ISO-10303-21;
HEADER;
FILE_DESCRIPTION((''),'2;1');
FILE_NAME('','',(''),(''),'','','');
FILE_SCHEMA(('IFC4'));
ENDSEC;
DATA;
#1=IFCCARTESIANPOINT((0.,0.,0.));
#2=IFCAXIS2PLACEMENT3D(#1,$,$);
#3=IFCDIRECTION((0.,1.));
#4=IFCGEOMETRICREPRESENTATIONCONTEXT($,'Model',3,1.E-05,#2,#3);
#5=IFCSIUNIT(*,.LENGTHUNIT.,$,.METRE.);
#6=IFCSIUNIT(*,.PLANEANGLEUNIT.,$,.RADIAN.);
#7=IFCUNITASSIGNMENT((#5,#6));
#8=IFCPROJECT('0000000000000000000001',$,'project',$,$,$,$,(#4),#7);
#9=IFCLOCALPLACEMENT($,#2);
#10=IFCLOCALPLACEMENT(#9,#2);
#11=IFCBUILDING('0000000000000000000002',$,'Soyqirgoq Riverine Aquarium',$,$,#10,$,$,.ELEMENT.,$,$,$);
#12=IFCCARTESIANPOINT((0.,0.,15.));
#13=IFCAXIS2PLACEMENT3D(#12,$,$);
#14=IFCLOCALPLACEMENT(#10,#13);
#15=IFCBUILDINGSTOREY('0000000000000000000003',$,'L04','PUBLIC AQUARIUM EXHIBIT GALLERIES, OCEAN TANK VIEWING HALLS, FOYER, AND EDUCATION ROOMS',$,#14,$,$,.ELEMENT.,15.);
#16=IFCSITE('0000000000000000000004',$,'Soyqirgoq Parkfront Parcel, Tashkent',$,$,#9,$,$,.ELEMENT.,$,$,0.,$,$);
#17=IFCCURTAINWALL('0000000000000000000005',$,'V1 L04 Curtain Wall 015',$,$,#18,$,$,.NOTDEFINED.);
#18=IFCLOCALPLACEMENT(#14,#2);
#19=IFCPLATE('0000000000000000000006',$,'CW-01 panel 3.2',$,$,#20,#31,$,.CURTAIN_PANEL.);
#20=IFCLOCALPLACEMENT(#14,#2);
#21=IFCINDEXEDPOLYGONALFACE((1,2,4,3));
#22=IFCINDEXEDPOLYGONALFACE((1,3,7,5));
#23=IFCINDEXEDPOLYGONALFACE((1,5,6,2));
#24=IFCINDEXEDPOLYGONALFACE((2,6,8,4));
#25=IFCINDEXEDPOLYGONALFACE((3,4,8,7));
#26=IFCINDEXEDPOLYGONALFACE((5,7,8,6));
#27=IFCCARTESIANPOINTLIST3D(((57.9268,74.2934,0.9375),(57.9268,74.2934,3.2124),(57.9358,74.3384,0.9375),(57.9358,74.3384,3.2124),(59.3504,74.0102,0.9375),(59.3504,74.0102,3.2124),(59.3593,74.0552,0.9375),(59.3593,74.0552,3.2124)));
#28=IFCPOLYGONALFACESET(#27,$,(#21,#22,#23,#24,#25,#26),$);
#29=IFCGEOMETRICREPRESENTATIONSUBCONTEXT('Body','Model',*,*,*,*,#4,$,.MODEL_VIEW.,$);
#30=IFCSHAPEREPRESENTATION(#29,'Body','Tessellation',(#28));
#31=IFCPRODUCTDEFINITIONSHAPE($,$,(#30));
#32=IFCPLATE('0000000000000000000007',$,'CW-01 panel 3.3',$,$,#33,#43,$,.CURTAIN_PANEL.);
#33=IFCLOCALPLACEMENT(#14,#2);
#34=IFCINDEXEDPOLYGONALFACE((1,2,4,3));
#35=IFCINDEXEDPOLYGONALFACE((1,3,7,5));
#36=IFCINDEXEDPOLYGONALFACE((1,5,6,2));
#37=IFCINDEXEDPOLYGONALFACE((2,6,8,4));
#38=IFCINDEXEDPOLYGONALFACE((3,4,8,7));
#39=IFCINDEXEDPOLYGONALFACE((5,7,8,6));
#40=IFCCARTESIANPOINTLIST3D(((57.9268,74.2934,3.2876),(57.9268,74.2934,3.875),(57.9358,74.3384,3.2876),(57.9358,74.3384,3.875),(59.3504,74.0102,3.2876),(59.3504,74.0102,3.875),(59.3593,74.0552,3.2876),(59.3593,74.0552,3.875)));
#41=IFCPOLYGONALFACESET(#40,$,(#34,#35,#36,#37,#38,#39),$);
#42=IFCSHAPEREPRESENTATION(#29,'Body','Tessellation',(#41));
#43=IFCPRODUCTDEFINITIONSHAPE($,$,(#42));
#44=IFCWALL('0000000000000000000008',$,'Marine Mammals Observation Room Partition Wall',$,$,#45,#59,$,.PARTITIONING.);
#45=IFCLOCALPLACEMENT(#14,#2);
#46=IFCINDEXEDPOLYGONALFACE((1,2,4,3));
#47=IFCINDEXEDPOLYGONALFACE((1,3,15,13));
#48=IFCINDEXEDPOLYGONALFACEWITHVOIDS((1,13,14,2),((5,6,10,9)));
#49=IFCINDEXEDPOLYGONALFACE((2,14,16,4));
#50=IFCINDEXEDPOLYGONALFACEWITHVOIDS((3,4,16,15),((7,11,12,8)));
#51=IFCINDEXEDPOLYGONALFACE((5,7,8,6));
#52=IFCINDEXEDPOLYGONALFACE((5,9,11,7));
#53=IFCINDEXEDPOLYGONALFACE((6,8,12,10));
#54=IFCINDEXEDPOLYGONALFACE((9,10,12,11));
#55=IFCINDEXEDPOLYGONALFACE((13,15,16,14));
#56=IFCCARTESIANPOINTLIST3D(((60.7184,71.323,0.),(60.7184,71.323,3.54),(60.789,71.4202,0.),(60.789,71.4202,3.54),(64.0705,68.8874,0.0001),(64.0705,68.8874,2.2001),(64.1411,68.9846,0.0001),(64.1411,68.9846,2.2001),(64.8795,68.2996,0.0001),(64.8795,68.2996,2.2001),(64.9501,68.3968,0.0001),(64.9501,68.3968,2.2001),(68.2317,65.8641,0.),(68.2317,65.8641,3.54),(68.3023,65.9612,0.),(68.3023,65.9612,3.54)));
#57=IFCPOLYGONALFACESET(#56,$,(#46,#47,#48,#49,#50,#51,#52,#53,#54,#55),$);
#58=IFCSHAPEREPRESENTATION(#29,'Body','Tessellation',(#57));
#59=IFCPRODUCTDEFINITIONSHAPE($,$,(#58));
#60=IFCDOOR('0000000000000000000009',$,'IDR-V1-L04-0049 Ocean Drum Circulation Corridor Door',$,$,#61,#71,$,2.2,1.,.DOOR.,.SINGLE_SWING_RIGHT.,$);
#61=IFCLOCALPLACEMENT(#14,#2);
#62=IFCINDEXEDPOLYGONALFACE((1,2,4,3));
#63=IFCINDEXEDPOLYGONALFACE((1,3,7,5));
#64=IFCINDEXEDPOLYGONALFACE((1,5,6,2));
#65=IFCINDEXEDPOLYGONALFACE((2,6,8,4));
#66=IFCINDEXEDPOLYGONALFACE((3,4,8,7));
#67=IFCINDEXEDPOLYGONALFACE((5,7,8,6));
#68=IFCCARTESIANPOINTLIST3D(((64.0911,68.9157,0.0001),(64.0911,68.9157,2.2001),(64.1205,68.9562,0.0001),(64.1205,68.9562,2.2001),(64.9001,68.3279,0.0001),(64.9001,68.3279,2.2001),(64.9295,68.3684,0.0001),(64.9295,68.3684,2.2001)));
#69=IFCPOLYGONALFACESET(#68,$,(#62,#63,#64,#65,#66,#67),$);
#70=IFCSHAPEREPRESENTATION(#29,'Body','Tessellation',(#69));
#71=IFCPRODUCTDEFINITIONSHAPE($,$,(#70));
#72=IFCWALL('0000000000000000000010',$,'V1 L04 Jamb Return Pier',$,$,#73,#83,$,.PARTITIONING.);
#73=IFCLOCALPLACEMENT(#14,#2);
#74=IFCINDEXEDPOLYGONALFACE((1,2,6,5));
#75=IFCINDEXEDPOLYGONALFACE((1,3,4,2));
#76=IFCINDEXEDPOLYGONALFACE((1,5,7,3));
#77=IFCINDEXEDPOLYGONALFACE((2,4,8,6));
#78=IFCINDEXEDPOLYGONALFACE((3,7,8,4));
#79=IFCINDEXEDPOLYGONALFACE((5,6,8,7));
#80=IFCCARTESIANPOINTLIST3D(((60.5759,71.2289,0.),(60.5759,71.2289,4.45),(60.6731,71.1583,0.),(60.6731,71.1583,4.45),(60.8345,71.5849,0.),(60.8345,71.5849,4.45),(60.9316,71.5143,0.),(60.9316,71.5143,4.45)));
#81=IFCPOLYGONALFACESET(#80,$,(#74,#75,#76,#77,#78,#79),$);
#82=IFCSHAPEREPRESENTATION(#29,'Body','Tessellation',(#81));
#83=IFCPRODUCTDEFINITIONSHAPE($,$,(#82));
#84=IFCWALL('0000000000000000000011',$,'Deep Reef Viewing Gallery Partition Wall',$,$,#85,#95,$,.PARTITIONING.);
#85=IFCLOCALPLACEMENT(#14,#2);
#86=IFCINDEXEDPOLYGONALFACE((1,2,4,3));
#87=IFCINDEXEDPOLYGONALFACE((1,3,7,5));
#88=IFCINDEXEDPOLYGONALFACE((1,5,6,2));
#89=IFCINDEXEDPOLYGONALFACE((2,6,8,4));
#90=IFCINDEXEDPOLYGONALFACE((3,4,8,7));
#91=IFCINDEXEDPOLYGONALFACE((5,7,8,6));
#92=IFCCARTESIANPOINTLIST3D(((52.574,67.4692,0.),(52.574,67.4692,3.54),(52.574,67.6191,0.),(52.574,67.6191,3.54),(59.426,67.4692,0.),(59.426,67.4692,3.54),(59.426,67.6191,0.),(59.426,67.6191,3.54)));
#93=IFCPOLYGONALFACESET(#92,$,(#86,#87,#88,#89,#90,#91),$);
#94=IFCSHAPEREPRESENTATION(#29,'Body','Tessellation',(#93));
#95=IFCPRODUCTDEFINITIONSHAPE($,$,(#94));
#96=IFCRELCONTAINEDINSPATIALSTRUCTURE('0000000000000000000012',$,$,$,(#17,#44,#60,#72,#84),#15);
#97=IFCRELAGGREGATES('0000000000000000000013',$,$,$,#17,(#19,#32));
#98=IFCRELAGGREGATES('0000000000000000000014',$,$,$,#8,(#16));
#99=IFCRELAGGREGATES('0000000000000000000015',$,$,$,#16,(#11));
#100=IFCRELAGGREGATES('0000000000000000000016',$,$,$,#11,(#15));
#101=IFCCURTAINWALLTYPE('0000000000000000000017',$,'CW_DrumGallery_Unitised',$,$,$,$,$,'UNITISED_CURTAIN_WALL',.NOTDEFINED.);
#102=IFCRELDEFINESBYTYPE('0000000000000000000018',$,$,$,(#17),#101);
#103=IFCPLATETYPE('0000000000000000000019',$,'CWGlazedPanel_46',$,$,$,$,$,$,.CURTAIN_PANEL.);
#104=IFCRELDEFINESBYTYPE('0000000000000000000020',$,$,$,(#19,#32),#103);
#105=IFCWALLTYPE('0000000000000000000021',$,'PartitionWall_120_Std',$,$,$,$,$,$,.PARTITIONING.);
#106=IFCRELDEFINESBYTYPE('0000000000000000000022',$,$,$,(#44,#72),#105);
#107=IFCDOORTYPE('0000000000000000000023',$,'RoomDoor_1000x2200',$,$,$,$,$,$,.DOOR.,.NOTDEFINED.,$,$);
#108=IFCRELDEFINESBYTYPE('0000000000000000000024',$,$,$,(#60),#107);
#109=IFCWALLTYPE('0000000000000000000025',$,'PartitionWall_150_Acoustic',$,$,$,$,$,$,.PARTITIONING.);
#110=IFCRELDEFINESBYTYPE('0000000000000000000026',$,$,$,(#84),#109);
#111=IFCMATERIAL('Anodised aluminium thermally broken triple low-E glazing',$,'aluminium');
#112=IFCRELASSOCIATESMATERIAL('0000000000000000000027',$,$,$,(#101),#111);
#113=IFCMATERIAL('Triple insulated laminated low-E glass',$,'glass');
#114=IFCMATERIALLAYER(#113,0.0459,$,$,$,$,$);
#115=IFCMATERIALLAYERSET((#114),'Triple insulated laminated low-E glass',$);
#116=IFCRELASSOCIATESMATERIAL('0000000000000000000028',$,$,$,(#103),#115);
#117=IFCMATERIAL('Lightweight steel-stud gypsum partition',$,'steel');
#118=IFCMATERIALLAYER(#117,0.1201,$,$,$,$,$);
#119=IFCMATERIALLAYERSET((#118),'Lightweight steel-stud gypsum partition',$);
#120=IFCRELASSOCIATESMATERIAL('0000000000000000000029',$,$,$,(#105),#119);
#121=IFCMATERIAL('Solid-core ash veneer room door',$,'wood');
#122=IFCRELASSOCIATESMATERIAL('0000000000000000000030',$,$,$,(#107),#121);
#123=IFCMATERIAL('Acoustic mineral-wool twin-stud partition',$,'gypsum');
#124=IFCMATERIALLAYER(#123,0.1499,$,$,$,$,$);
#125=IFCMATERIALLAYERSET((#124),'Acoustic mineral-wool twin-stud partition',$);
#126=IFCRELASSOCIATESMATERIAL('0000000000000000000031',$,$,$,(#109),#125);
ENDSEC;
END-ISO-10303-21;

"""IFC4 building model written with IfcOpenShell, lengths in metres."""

from ifc_helpers import new_model, si_unit, direction, frame, frame_2d, origin, origin_2d, place, context, subcontext, project, spatial, rectangle, extrude, material, layer, layer_set, type_object, element, fill, aggregate, save


model = new_model("IFC4")

# Units and contexts
model_context = context("Model", 3, precision=1e-05, world=origin(), true_north=direction((0.0, 1.0)))
body_context = subcontext(model_context, "Body", "Model", "MODEL_VIEW")
ifc_project = project(units=[si_unit("LENGTHUNIT", "METRE"), si_unit("PLANEANGLEUNIT", "RADIAN")], contexts=[model_context])

# Site, building, storey
site_placement = place(None, origin())
site = spatial("IfcSite", under=ifc_project, at=site_placement, Name="Soyqirgoq Parkfront Parcel, Tashkent", CompositionType="ELEMENT", RefElevation=0.0)
building_placement = place(site_placement, origin())
building = spatial("IfcBuilding", under=site, at=building_placement, Name="Soyqirgoq Riverine Aquarium", CompositionType="ELEMENT")
storey_placement = place(building_placement, frame((0.0, 0.0, 15.0)))
storey = spatial("IfcBuildingStorey", under=building, at=storey_placement, Name="L04", Description="PUBLIC AQUARIUM EXHIBIT GALLERIES, OCEAN TANK VIEWING HALLS, FOYER, AND EDUCATION ROOMS", CompositionType="ELEMENT", Elevation=15.0)

# Curtain wall, plates
ifc_material_1 = material(Name="Anodised aluminium thermally broken triple low-E glazing", Category="aluminium")
curtain_wall_type = type_object("IfcCurtainWallType", Name="CW_DrumGallery_Unitised", ElementType="UNITISED_CURTAIN_WALL", PredefinedType="NOTDEFINED", material=ifc_material_1)
curtain_wall_placement = place(storey_placement, origin())
curtain_wall = element("IfcCurtainWall", 1, at=curtain_wall_placement, inside=storey, type_object=curtain_wall_type, Name="V1 L04 Curtain Wall 015", PredefinedType="NOTDEFINED")
ifc_material_2 = material(Name="Triple insulated laminated low-E glass", Category="glass")
ifc_layer_1 = layer(ifc_material_2, 0.0459)
ifc_layer_set_1 = layer_set([ifc_layer_1], Name="Triple insulated laminated low-E glass")
plate_type = type_object("IfcPlateType", Name="CWGlazedPanel_46", PredefinedType="CURTAIN_PANEL", material=ifc_layer_set_1)
plate_1_placement = place(storey_placement, frame((58.6431, 74.1743, 0.9375), z_axis=(0.0, 0.0, 1.0), x_axis=(-0.980783, 0.195102, 0.0)))
plate_1 = element("IfcPlate", 2, at=plate_1_placement, type_object=plate_type, Name="CW-01 panel 3.2", PredefinedType="CURTAIN_PANEL", context=body_context, shape_type="SweptSolid", body=[
    extrude(rectangle(XDim=1.4514, YDim=0.0459, at=origin_2d()), origin(), (0.0, 0.0, 1.0), 2.2749),
])
plate_2_placement = place(storey_placement, frame((58.6431, 74.1743, 3.2876), z_axis=(0.0, 0.0, 1.0), x_axis=(-0.980783, 0.195102, 0.0)))
plate_2 = element("IfcPlate", 3, at=plate_2_placement, type_object=plate_type, Name="CW-01 panel 3.3", PredefinedType="CURTAIN_PANEL", context=body_context, shape_type="SweptSolid", body=[
    extrude(rectangle(XDim=1.4514, YDim=0.0459, at=origin_2d()), origin(), (0.0, 0.0, 1.0), 0.5874),
])
aggregate(curtain_wall, [plate_1, plate_2])

# Wall, opening, door
ifc_material_3 = material(Name="Lightweight steel-stud gypsum partition", Category="steel")
ifc_layer_2 = layer(ifc_material_3, 0.1201)
ifc_layer_set_2 = layer_set([ifc_layer_2], Name="Lightweight steel-stud gypsum partition")
wall_type_1 = type_object("IfcWallType", Name="PartitionWall_120_Std", PredefinedType="PARTITIONING", material=ifc_layer_set_2)
wall_1_placement = place(storey_placement, frame((60.7537, 71.3716, 0.0), z_axis=(0.0, 0.0, 1.0), x_axis=(0.809009, -0.587796, 0.0)))
wall_1 = element("IfcWall", 4, at=wall_1_placement, inside=storey, type_object=wall_type_1, Name="Marine Mammals Observation Room Partition Wall", PredefinedType="PARTITIONING", context=body_context, shape_type="SweptSolid", body=[
    extrude(rectangle(XDim=9.2871, YDim=0.1201, at=frame_2d((4.6436, 0.0))), origin(), (0.0, 0.0, 1.0), 3.54),
])
opening_placement = place(wall_1_placement, frame((4.1436, 0.0, 0.0)))
opening = element("IfcOpeningElement", 5, at=opening_placement, cuts=wall_1, PredefinedType="OPENING", context=body_context, shape_type="SweptSolid", body=[
    extrude(rectangle(XDim=1.0, YDim=2.2, at=frame_2d((0.5, 1.1001))), frame((0.0, 0.0701, 0.0), z_axis=(0.0, -1.0, 0.0), x_axis=(1.0, 0.0, 0.0)), (0.0, 0.0, 1.0), 0.1401),
])
ifc_material_4 = material(Name="Solid-core ash veneer room door", Category="wood")
door_type = type_object("IfcDoorType", Name="RoomDoor_1000x2200", OperationType="NOTDEFINED", PredefinedType="DOOR", material=ifc_material_4)
door_placement = place(opening_placement, origin())
door = element("IfcDoor", 6, at=door_placement, inside=storey, type_object=door_type, Name="IDR-V1-L04-0049 Ocean Drum Circulation Corridor Door", OperationType="SINGLE_SWING_RIGHT", OverallHeight=2.2, OverallWidth=1.0, PredefinedType="DOOR", context=body_context, shape_type="SweptSolid", body=[
    extrude(rectangle(XDim=1.0, YDim=2.2, at=frame_2d((0.5, 1.1001))), frame((0.0, 0.0249, 0.0), z_axis=(0.0, -1.0, 0.0), x_axis=(1.0, 0.0, 0.0)), (0.0, 0.0, 1.0), 0.05),
])
fill(opening, door)

# Walls
wall_2_placement = place(storey_placement, frame((60.6245, 71.1936, 0.0), z_axis=(0.0, 0.0, 1.0), x_axis=(0.587677, 0.809096, 0.0)))
element("IfcWall", 7, at=wall_2_placement, inside=storey, type_object=wall_type_1, Name="V1 L04 Jamb Return Pier", PredefinedType="PARTITIONING", context=body_context, shape_type="SweptSolid", body=[
    extrude(rectangle(XDim=0.4399, YDim=0.1201, at=frame_2d((0.22, 0.0))), origin(), (0.0, 0.0, 1.0), 4.45),
])
ifc_material_5 = material(Name="Acoustic mineral-wool twin-stud partition", Category="gypsum")
ifc_layer_3 = layer(ifc_material_5, 0.1499)
ifc_layer_set_3 = layer_set([ifc_layer_3], Name="Acoustic mineral-wool twin-stud partition")
wall_type_2 = type_object("IfcWallType", Name="PartitionWall_150_Acoustic", PredefinedType="PARTITIONING", material=ifc_layer_set_3)
wall_3_placement = place(storey_placement, frame((59.426, 67.5442, 0.0), z_axis=(0.0, 0.0, 1.0), x_axis=(-1.0, 0.0, 0.0)))
element("IfcWall", 8, at=wall_3_placement, inside=storey, type_object=wall_type_2, Name="Deep Reef Viewing Gallery Partition Wall", PredefinedType="PARTITIONING", context=body_context, shape_type="SweptSolid", body=[
    extrude(rectangle(XDim=6.8521, YDim=0.1499, at=frame_2d((3.426, 0.0))), origin(), (0.0, 0.0, 1.0), 3.54),
])

save(model, "model.ifc")
